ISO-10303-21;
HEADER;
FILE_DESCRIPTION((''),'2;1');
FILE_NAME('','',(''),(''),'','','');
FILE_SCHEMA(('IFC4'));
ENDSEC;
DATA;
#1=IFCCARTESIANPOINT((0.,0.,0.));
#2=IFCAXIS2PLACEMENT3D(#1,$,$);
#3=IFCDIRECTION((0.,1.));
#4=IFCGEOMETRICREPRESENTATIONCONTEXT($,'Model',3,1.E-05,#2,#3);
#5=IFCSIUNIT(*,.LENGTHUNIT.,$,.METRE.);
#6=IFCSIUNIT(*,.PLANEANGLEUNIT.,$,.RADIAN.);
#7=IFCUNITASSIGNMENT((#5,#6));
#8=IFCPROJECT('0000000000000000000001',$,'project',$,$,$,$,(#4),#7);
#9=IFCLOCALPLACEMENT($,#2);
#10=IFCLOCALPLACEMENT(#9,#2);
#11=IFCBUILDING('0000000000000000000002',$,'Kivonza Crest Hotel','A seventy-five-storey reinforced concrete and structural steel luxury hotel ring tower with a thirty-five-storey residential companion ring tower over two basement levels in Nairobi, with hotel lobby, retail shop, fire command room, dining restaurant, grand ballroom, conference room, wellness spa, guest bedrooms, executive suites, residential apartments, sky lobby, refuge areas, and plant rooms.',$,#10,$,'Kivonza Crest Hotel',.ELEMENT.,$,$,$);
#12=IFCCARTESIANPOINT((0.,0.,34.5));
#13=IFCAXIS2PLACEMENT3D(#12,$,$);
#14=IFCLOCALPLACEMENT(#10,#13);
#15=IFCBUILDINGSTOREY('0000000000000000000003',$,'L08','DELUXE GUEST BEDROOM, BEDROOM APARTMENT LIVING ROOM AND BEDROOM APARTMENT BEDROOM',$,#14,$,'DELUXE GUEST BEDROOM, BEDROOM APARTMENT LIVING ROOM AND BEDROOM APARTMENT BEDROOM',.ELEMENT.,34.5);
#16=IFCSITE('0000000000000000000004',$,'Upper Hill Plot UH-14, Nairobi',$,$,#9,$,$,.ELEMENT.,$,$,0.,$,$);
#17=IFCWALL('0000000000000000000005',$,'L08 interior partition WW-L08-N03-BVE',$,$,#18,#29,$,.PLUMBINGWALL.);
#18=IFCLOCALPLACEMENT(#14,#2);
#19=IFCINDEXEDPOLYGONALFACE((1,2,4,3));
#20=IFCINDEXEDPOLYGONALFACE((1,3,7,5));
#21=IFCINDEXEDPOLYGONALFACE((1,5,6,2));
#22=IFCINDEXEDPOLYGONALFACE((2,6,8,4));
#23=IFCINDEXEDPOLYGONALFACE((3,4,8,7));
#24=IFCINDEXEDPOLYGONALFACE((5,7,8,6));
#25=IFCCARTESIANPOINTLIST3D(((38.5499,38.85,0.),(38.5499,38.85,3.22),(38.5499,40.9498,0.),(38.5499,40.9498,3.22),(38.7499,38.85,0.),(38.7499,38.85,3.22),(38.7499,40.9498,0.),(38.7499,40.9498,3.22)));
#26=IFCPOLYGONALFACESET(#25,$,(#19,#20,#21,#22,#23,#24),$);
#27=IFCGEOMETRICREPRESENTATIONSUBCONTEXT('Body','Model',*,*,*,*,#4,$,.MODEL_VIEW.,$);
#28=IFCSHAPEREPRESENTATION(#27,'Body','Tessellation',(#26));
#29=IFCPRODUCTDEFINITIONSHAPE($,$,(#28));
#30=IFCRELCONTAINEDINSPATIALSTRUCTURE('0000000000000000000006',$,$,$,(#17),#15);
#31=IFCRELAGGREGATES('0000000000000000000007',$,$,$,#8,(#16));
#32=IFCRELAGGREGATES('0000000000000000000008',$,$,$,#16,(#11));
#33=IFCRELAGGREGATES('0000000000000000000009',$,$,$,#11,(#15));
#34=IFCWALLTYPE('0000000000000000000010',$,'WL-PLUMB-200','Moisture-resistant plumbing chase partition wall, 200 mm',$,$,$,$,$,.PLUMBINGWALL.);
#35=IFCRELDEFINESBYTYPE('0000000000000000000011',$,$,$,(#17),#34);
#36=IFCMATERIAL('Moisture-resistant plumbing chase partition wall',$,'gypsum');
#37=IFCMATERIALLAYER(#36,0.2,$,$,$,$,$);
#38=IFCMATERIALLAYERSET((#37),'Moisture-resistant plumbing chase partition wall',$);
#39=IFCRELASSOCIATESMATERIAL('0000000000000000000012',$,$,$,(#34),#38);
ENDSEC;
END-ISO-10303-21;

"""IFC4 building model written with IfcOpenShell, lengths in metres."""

from ifc_helpers import new_model, si_unit, direction, frame, frame_2d, origin, place, context, subcontext, project, spatial, rectangle, extrude, material, layer, layer_set, type_object, element, save


model = new_model("IFC4")

# Units and contexts
model_context = context("Model", 3, precision=1e-05, world=origin(), true_north=direction((0.0, 1.0)))
body_context = subcontext(model_context, "Body", "Model", "MODEL_VIEW")
ifc_project = project(units=[si_unit("LENGTHUNIT", "METRE"), si_unit("PLANEANGLEUNIT", "RADIAN")], contexts=[model_context])

# Site, building, storey
site_placement = place(None, origin())
site = spatial("IfcSite", under=ifc_project, at=site_placement, Name="Upper Hill Plot UH-14, Nairobi", CompositionType="ELEMENT", RefElevation=0.0)
building_placement = place(site_placement, origin())
building = spatial("IfcBuilding", under=site, at=building_placement, Name="Kivonza Crest Hotel", Description="A seventy-five-storey reinforced concrete and structural steel luxury hotel ring tower with a thirty-five-storey residential companion ring tower over two basement levels in Nairobi, with hotel lobby, retail shop, fire command room, dining restaurant, grand ballroom, conference room, wellness spa, guest bedrooms, executive suites, residential apartments, sky lobby, refuge areas, and plant rooms.", LongName="Kivonza Crest Hotel", CompositionType="ELEMENT")
storey_placement = place(building_placement, frame((0.0, 0.0, 34.5)))
storey = spatial("IfcBuildingStorey", under=building, at=storey_placement, Name="L08", Description="DELUXE GUEST BEDROOM, BEDROOM APARTMENT LIVING ROOM AND BEDROOM APARTMENT BEDROOM", LongName="DELUXE GUEST BEDROOM, BEDROOM APARTMENT LIVING ROOM AND BEDROOM APARTMENT BEDROOM", CompositionType="ELEMENT", Elevation=34.5)

# Shared definitions
ifc_material_1 = material(Name="Moisture-resistant plumbing chase partition wall", Category="gypsum")
ifc_layer_1 = layer(ifc_material_1, 0.2)
ifc_layer_set_1 = layer_set([ifc_layer_1], Name="Moisture-resistant plumbing chase partition wall")
wall_type_1 = type_object("IfcWallType", Name="WL-PLUMB-200", Description="Moisture-resistant plumbing chase partition wall, 200 mm", PredefinedType="PLUMBINGWALL", material=ifc_layer_set_1)

# Wall
wall_1_placement = place(storey_placement, frame((38.6499, 38.8501, 0.0), z_axis=(0.0, 0.0, 1.0), x_axis=(0.0, 1.0, 0.0)))
element("IfcWall", 1, at=wall_1_placement, inside=storey, type_object=wall_type_1, Name="L08 interior partition WW-L08-N03-BVE", PredefinedType="PLUMBINGWALL", context=body_context, shape_type="SweptSolid", body=[
    extrude(rectangle(XDim=2.0999, YDim=0.2, at=frame_2d((1.0498, 0.0))), origin(), (0.0, 0.0, 1.0), 3.22),
])

save(model, "model.ifc")
